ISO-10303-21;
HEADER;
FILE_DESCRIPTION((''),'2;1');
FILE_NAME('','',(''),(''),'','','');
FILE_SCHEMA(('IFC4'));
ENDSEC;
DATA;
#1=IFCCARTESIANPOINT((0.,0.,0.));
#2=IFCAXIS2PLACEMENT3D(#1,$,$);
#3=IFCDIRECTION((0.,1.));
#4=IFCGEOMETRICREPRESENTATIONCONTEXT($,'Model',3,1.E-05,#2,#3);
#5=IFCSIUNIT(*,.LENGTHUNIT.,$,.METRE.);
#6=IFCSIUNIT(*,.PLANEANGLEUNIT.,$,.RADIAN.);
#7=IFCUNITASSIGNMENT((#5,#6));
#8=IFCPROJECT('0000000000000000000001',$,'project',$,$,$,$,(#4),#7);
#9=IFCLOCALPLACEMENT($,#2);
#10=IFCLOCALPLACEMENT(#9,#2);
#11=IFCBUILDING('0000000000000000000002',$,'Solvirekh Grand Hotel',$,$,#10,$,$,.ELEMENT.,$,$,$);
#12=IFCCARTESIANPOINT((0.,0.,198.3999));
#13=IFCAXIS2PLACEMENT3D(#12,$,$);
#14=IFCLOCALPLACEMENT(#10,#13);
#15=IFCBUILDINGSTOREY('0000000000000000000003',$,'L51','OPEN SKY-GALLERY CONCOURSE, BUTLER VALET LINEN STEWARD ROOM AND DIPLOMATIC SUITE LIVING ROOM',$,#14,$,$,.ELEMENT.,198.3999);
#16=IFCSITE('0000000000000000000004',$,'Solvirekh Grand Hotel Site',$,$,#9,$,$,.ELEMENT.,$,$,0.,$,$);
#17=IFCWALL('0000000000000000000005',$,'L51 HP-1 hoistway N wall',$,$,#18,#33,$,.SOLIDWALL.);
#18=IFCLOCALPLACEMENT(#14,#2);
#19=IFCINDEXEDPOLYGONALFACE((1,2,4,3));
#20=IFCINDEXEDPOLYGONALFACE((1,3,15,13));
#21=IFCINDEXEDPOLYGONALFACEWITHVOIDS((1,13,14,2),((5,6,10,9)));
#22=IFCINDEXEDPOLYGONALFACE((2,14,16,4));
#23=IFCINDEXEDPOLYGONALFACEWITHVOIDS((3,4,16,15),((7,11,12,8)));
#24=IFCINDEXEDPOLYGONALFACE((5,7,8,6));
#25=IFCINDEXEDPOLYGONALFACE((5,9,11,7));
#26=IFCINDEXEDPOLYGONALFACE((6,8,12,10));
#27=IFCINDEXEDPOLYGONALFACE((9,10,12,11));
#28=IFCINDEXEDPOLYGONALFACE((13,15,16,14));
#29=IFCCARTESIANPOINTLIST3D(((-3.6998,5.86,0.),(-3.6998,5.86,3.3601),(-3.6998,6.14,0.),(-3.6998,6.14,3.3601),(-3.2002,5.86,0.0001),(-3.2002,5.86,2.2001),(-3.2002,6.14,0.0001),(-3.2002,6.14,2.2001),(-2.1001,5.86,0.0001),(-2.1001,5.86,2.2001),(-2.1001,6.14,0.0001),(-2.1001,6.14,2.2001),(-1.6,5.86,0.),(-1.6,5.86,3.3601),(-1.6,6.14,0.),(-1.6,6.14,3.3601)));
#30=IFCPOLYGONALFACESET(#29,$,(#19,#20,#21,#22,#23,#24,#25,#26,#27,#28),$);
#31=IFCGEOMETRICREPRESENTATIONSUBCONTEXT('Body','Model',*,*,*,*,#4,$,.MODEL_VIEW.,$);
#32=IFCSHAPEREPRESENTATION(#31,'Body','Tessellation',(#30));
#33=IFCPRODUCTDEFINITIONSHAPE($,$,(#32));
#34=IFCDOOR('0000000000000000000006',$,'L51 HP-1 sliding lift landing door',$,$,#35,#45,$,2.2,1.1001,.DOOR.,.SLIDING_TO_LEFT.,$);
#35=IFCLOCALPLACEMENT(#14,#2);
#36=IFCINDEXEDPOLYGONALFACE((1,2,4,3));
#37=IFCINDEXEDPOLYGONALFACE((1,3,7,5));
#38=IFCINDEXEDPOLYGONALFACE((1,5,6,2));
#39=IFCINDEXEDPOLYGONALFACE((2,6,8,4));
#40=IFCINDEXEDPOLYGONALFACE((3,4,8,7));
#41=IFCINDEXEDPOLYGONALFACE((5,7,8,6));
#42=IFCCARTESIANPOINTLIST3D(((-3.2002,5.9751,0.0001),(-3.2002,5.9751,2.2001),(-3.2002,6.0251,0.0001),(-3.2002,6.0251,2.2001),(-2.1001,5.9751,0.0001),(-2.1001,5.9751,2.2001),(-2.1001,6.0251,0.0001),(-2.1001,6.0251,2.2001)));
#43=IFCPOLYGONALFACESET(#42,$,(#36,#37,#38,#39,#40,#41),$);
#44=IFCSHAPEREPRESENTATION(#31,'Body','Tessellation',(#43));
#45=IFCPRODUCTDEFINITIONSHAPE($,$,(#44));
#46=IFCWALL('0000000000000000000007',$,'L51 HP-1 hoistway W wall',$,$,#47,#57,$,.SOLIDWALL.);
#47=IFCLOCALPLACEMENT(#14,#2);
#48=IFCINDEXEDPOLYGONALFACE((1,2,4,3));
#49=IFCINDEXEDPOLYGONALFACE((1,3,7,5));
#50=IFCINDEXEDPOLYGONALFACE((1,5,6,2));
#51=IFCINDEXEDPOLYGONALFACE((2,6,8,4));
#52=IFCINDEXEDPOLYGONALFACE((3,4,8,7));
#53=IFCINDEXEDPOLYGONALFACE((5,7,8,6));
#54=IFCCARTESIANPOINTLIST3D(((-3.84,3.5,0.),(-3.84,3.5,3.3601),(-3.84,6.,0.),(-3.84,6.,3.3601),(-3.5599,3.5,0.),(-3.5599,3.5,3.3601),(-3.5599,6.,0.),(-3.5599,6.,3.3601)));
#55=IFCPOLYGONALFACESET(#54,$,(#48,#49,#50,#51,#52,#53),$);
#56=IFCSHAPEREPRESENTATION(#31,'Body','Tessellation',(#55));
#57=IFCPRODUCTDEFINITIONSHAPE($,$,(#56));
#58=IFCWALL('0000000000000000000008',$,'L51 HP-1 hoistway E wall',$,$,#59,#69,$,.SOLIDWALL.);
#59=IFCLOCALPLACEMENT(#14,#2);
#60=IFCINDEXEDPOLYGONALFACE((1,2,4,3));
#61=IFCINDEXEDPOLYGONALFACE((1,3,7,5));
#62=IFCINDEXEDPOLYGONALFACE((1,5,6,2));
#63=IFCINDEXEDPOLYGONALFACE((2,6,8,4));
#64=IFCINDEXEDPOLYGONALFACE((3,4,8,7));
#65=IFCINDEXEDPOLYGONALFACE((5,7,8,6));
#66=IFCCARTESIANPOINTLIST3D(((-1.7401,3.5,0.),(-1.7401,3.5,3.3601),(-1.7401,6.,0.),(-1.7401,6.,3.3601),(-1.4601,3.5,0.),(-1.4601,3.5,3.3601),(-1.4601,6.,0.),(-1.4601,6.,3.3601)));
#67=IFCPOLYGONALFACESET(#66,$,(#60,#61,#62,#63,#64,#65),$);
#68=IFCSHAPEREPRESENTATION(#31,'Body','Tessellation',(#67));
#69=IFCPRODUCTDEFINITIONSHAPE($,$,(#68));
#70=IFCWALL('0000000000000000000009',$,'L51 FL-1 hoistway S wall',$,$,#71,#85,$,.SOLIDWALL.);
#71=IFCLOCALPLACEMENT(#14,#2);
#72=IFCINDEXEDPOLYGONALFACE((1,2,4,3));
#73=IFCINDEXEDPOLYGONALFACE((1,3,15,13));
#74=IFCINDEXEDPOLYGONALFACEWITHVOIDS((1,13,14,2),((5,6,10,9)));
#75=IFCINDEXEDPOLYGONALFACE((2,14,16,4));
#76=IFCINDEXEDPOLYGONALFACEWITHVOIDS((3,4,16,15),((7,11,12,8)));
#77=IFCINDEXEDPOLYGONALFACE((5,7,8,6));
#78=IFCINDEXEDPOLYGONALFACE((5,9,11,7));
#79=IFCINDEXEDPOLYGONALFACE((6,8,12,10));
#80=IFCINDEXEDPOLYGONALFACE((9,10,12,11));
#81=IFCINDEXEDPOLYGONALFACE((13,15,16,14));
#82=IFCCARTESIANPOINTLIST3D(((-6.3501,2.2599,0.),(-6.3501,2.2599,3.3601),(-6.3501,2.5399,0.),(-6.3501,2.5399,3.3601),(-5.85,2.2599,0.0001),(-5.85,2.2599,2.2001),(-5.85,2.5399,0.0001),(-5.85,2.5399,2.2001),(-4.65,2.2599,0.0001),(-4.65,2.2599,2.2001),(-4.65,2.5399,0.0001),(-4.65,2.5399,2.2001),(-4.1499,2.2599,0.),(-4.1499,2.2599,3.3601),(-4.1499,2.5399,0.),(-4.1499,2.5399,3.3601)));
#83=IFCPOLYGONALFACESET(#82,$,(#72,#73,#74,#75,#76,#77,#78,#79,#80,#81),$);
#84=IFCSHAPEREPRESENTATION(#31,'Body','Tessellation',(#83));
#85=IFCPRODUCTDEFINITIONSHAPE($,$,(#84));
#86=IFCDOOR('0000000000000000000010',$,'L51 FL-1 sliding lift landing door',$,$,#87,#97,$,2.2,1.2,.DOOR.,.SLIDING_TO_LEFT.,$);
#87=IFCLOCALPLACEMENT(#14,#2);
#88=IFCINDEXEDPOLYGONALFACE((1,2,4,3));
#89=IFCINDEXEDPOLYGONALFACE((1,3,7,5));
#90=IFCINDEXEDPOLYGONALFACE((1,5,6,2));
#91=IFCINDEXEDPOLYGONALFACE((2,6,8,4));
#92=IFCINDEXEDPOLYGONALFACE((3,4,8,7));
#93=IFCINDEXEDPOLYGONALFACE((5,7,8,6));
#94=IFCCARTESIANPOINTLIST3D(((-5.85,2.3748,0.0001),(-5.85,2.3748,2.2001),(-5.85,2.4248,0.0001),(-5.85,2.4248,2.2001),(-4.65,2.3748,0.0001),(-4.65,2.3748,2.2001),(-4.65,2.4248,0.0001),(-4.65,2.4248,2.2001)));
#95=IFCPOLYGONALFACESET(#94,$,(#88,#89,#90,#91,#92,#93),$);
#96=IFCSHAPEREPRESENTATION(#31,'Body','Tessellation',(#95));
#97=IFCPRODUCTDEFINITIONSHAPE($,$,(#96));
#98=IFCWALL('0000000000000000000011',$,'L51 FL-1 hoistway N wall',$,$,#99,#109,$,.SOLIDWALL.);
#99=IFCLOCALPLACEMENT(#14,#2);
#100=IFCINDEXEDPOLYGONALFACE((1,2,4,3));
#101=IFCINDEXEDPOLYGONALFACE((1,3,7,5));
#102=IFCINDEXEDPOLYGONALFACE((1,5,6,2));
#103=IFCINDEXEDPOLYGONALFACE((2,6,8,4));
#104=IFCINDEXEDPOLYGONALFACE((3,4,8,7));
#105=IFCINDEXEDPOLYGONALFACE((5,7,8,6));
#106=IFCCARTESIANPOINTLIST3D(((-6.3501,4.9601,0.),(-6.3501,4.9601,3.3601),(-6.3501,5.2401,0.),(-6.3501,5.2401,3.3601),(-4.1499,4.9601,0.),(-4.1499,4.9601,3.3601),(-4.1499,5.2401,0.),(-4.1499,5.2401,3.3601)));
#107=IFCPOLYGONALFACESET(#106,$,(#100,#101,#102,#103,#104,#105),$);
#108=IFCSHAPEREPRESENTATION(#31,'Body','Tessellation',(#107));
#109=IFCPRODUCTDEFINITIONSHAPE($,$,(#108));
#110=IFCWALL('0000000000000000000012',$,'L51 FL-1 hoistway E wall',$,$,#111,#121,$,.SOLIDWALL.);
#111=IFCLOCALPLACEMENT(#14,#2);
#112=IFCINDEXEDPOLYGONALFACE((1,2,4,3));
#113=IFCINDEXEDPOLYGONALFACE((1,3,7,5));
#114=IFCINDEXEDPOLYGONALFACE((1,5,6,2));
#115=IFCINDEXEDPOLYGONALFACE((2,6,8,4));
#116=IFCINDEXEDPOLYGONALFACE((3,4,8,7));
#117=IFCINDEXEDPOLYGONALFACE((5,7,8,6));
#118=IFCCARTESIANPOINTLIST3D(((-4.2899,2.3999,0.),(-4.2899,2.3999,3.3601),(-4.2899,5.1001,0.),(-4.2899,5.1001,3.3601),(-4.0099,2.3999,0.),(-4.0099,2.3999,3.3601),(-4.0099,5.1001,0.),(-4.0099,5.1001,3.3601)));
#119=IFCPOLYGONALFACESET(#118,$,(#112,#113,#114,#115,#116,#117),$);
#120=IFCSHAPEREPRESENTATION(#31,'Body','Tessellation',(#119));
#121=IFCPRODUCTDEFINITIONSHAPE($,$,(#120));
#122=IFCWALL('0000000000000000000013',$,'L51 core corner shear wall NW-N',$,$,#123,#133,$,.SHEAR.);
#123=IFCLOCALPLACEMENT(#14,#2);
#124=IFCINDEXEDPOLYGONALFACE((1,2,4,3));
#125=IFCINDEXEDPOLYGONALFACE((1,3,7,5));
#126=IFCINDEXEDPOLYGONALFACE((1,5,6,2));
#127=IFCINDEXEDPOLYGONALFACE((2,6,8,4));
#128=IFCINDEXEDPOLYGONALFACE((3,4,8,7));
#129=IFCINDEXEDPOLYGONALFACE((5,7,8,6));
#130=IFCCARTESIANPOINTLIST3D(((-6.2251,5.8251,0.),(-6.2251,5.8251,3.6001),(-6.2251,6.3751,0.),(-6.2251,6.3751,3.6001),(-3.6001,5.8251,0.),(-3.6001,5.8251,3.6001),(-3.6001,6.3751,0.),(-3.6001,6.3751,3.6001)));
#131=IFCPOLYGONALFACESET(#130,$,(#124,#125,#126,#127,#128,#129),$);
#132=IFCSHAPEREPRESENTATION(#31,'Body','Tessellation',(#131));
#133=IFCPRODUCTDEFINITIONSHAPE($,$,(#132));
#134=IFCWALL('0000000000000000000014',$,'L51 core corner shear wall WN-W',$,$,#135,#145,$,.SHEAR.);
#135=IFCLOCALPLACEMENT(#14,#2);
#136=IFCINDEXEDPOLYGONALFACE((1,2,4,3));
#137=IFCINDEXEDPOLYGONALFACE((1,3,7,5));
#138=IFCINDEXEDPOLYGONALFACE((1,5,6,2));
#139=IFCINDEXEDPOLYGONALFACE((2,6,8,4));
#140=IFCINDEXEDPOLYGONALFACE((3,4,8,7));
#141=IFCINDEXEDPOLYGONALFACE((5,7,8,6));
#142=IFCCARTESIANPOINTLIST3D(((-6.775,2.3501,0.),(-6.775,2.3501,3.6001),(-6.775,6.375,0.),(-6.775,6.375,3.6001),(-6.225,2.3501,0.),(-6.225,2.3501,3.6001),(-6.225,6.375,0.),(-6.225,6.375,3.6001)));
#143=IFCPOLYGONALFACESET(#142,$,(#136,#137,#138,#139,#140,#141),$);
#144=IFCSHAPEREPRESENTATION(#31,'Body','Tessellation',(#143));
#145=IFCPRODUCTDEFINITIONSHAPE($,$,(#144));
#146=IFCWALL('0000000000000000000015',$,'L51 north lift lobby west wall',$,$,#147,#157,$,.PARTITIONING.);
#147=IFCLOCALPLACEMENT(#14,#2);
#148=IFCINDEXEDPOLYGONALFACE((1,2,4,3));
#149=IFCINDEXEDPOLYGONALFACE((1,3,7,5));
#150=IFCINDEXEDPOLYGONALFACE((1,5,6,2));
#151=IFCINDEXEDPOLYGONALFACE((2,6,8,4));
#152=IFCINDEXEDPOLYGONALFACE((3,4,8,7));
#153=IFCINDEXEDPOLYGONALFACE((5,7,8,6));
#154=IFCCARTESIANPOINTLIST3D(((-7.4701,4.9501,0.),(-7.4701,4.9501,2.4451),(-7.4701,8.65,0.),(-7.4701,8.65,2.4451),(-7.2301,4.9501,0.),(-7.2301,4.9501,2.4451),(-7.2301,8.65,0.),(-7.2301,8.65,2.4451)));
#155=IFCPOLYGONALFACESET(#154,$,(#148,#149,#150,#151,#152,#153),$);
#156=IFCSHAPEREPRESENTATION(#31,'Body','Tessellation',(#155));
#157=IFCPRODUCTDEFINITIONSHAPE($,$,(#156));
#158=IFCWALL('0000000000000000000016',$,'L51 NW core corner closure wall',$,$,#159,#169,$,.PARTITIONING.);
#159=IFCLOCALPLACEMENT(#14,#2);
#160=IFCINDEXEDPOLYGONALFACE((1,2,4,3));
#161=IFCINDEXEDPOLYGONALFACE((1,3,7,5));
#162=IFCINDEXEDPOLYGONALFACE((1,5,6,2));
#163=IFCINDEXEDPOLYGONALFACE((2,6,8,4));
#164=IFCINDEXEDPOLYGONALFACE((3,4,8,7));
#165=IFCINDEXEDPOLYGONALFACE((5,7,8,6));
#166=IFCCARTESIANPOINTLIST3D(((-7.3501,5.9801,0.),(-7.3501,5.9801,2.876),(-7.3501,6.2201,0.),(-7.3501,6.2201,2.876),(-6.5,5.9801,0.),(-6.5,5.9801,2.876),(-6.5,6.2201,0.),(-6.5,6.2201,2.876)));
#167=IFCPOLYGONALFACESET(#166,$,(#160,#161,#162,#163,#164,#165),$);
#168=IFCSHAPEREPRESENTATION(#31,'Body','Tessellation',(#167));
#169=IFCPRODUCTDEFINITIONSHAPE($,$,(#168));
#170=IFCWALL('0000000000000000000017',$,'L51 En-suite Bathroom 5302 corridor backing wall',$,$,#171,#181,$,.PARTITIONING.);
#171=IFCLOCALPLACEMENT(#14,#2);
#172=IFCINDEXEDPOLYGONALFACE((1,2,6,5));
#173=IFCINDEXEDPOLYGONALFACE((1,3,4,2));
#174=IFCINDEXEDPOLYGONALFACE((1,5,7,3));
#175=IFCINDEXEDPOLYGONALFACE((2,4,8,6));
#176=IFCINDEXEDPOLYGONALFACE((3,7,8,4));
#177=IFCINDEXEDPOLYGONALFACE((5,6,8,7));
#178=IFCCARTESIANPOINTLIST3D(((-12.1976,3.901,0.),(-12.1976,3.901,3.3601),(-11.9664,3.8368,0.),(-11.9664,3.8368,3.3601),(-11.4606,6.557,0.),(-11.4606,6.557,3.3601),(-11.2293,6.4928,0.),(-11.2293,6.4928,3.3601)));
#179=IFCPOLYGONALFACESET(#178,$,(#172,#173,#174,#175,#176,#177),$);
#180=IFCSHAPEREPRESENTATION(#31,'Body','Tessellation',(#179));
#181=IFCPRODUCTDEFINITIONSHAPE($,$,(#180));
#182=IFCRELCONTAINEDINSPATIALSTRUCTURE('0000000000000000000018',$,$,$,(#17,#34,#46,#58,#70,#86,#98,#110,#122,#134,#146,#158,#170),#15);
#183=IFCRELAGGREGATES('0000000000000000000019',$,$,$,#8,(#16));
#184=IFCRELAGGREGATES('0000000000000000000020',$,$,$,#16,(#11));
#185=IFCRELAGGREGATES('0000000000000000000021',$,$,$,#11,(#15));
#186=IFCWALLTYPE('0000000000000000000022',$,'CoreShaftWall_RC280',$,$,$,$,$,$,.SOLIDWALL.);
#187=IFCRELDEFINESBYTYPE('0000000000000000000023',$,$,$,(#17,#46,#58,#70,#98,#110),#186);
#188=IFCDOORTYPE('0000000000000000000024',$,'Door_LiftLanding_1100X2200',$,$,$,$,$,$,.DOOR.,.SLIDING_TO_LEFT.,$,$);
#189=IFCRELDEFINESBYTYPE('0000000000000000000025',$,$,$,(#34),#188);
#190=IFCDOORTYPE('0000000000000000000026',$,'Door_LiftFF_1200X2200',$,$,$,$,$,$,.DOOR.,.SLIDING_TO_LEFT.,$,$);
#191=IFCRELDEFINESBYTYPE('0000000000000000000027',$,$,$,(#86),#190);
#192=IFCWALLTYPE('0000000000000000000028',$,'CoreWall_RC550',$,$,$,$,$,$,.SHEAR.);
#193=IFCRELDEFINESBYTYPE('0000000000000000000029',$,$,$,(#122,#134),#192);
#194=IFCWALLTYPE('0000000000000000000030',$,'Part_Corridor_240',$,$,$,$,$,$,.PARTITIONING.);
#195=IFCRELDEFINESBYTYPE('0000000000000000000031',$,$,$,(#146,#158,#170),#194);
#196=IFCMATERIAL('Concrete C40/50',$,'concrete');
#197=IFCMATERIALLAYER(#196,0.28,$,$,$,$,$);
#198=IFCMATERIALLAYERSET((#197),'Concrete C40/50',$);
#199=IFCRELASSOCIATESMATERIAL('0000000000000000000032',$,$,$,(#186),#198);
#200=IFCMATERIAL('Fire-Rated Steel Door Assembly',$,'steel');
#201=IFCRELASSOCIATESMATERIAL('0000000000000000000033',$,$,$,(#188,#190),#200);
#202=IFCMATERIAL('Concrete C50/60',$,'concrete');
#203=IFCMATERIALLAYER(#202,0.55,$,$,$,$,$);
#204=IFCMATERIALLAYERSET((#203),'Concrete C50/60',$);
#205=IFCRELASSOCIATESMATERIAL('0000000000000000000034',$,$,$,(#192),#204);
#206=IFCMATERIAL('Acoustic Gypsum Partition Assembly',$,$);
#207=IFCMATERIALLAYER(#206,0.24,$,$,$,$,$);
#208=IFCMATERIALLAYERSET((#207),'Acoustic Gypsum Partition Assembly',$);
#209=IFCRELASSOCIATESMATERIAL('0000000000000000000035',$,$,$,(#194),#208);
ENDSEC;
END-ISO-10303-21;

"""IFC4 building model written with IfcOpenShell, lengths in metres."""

from ifc_helpers import new_model, si_unit, direction, frame, frame_2d, origin, place, context, subcontext, project, spatial, rectangle, extrude, material, layer, layer_set, type_object, element, fill, save


model = new_model("IFC4")

# Units and contexts
model_context = context("Model", 3, precision=1e-05, world=origin(), true_north=direction((0.0, 1.0)))
body_context = subcontext(model_context, "Body", "Model", "MODEL_VIEW")
ifc_project = project(units=[si_unit("LENGTHUNIT", "METRE"), si_unit("PLANEANGLEUNIT", "RADIAN")], contexts=[model_context])

# Site, building, storey
site_placement = place(None, origin())
site = spatial("IfcSite", under=ifc_project, at=site_placement, Name="Solvirekh Grand Hotel Site", CompositionType="ELEMENT", RefElevation=0.0)
building_placement = place(site_placement, origin())
building = spatial("IfcBuilding", under=site, at=building_placement, Name="Solvirekh Grand Hotel", CompositionType="ELEMENT")
storey_placement = place(building_placement, frame((0.0, 0.0, 198.3999)))
storey = spatial("IfcBuildingStorey", under=building, at=storey_placement, Name="L51", Description="OPEN SKY-GALLERY CONCOURSE, BUTLER VALET LINEN STEWARD ROOM AND DIPLOMATIC SUITE LIVING ROOM", CompositionType="ELEMENT", Elevation=198.3999)

# Shared definitions
ifc_material_1 = material(Name="Concrete C50/60", Category="concrete")

# Wall, opening, door
ifc_material_2 = material(Name="Concrete C40/50", Category="concrete")
ifc_layer_1 = layer(ifc_material_2, 0.28)
ifc_layer_set_1 = layer_set([ifc_layer_1], Name="Concrete C40/50")
wall_type_1 = type_object("IfcWallType", Name="CoreShaftWall_RC280", PredefinedType="SOLIDWALL", material=ifc_layer_set_1)
wall_1_placement = place(storey_placement, frame((-1.6001, 6.0, 0.0), z_axis=(0.0, 0.0, 1.0), x_axis=(-1.0, 0.0, 0.0)))
wall_1 = element("IfcWall", 1, at=wall_1_placement, inside=storey, type_object=wall_type_1, Name="L51 HP-1 hoistway N wall", PredefinedType="SOLIDWALL", context=body_context, shape_type="SweptSolid", body=[
    extrude(rectangle(XDim=2.0999, YDim=0.28, at=frame_2d((1.0498, 0.0))), origin(), (0.0, 0.0, 1.0), 3.3601),
])
opening_1_placement = place(wall_1_placement, frame((0.5, 0.0, 0.0)))
opening_1 = element("IfcOpeningElement", 2, at=opening_1_placement, cuts=wall_1, PredefinedType="OPENING", context=body_context, shape_type="SweptSolid", body=[
    extrude(rectangle(XDim=1.1001, YDim=2.2, at=frame_2d((0.55, 1.1001))), frame((0.0, 0.1499, 0.0), z_axis=(0.0, -1.0, 0.0), x_axis=(1.0, 0.0, 0.0)), (0.0, 0.0, 1.0), 0.3),
])
ifc_material_3 = material(Name="Fire-Rated Steel Door Assembly", Category="steel")
door_type_1 = type_object("IfcDoorType", Name="Door_LiftLanding_1100X2200", OperationType="SLIDING_TO_LEFT", PredefinedType="DOOR", material=ifc_material_3)
door_1_placement = place(opening_1_placement, origin())
door_1 = element("IfcDoor", 3, at=door_1_placement, inside=storey, type_object=door_type_1, Name="L51 HP-1 sliding lift landing door", OperationType="SLIDING_TO_LEFT", OverallHeight=2.2, OverallWidth=1.1001, PredefinedType="DOOR", context=body_context, shape_type="SweptSolid", body=[
    extrude(rectangle(XDim=1.1001, YDim=2.2, at=frame_2d((0.55, 1.1001))), frame((0.0, 0.0249, 0.0), z_axis=(0.0, -1.0, 0.0), x_axis=(1.0, 0.0, 0.0)), (0.0, 0.0, 1.0), 0.05),
])
fill(opening_1, door_1)

# Walls
for number, where, z_axis, x_axis, name in (
    (4, (-3.7, 6.0, 0.0), (0.0, 0.0, 1.0), (0.0, -1.0, 0.0), "L51 HP-1 hoistway W wall"),
    (5, (-1.6001, 3.5, 0.0), (0.0, 0.0, 1.0), (0.0, 1.0, 0.0), "L51 HP-1 hoistway E wall"),
):
    element("IfcWall", number, at=place(storey_placement, frame(where, z_axis=z_axis, x_axis=x_axis)), inside=storey, type_object=wall_type_1, Name=name, PredefinedType="SOLIDWALL", context=body_context, shape_type="SweptSolid", body=[
        extrude(rectangle(XDim=2.5, YDim=0.28, at=frame_2d((1.25, 0.0))), origin(), (0.0, 0.0, 1.0), 3.3601),
    ])

# Wall, opening, door
wall_2_placement = place(storey_placement, frame((-6.3501, 2.3999, 0.0), z_axis=(0.0, 0.0, 1.0), x_axis=(1.0, 0.0, 0.0)))
wall_2 = element("IfcWall", 6, at=wall_2_placement, inside=storey, type_object=wall_type_1, Name="L51 FL-1 hoistway S wall", PredefinedType="SOLIDWALL", context=body_context, shape_type="SweptSolid", body=[
    extrude(rectangle(XDim=2.2002, YDim=0.28, at=frame_2d((1.1001, 0.0))), origin(), (0.0, 0.0, 1.0), 3.3601),
])
opening_2_placement = place(wall_2_placement, frame((0.5, 0.0, 0.0)))
opening_2 = element("IfcOpeningElement", 7, at=opening_2_placement, cuts=wall_2, PredefinedType="OPENING", context=body_context, shape_type="SweptSolid", body=[
    extrude(rectangle(XDim=1.2, YDim=2.2, at=frame_2d((0.6001, 1.1001))), frame((0.0, 0.1499, 0.0), z_axis=(0.0, -1.0, 0.0), x_axis=(1.0, 0.0, 0.0)), (0.0, 0.0, 1.0), 0.3),
])
door_type_2 = type_object("IfcDoorType", Name="Door_LiftFF_1200X2200", OperationType="SLIDING_TO_LEFT", PredefinedType="DOOR", material=ifc_material_3)
door_2_placement = place(opening_2_placement, origin())
door_2 = element("IfcDoor", 8, at=door_2_placement, inside=storey, type_object=door_type_2, Name="L51 FL-1 sliding lift landing door", OperationType="SLIDING_TO_LEFT", OverallHeight=2.2, OverallWidth=1.2, PredefinedType="DOOR", context=body_context, shape_type="SweptSolid", body=[
    extrude(rectangle(XDim=1.2, YDim=2.2, at=frame_2d((0.6001, 1.1001))), frame((0.0, 0.0249, 0.0), z_axis=(0.0, -1.0, 0.0), x_axis=(1.0, 0.0, 0.0)), (0.0, 0.0, 1.0), 0.05),
])
fill(opening_2, door_2)

# Walls
wall_3_placement = place(storey_placement, frame((-4.1499, 5.1001, 0.0), z_axis=(0.0, 0.0, 1.0), x_axis=(-1.0, 0.0, 0.0)))
element("IfcWall", 9, at=wall_3_placement, inside=storey, type_object=wall_type_1, Name="L51 FL-1 hoistway N wall", PredefinedType="SOLIDWALL", context=body_context, shape_type="SweptSolid", body=[
    extrude(rectangle(XDim=2.2002, YDim=0.28, at=frame_2d((1.1001, 0.0))), origin(), (0.0, 0.0, 1.0), 3.3601),
])
wall_4_placement = place(storey_placement, frame((-4.1499, 2.3999, 0.0), z_axis=(0.0, 0.0, 1.0), x_axis=(0.0, 1.0, 0.0)))
element("IfcWall", 10, at=wall_4_placement, inside=storey, type_object=wall_type_1, Name="L51 FL-1 hoistway E wall", PredefinedType="SOLIDWALL", context=body_context, shape_type="SweptSolid", body=[
    extrude(rectangle(XDim=2.7002, YDim=0.28, at=frame_2d((1.3501, 0.0))), origin(), (0.0, 0.0, 1.0), 3.3601),
])
ifc_layer_2 = layer(ifc_material_1, 0.55)
ifc_layer_set_2 = layer_set([ifc_layer_2], Name="Concrete C50/60")
wall_type_2 = type_object("IfcWallType", Name="CoreWall_RC550", PredefinedType="SHEAR", material=ifc_layer_set_2)
wall_5_placement = place(storey_placement, frame((-6.2251, 6.1001, 0.0), z_axis=(0.0, 0.0, 1.0), x_axis=(1.0, 0.0, 0.0)))
element("IfcWall", 11, at=wall_5_placement, inside=storey, type_object=wall_type_2, Name="L51 core corner shear wall NW-N", PredefinedType="SHEAR", context=body_context, shape_type="SweptSolid", body=[
    extrude(rectangle(XDim=2.625, YDim=0.55, at=frame_2d((1.3125, 0.0))), origin(), (0.0, 0.0, 1.0), 3.6001),
])
wall_6_placement = place(storey_placement, frame((-6.5, 2.3501, 0.0), z_axis=(0.0, 0.0, 1.0), x_axis=(0.0, 1.0, 0.0)))
element("IfcWall", 12, at=wall_6_placement, inside=storey, type_object=wall_type_2, Name="L51 core corner shear wall WN-W", PredefinedType="SHEAR", context=body_context, shape_type="SweptSolid", body=[
    extrude(rectangle(XDim=4.0249, YDim=0.55, at=frame_2d((2.0125, 0.0))), origin(), (0.0, 0.0, 1.0), 3.6001),
])
ifc_material_4 = material(Name="Acoustic Gypsum Partition Assembly")
ifc_layer_3 = layer(ifc_material_4, 0.24)
ifc_layer_set_3 = layer_set([ifc_layer_3], Name="Acoustic Gypsum Partition Assembly")
wall_type_3 = type_object("IfcWallType", Name="Part_Corridor_240", PredefinedType="PARTITIONING", material=ifc_layer_set_3)
wall_7_placement = place(storey_placement, frame((-7.3501, 4.95, 0.0), z_axis=(0.0, 0.0, 1.0), x_axis=(0.0, 1.0, 0.0)))
element("IfcWall", 13, at=wall_7_placement, inside=storey, type_object=wall_type_3, Name="L51 north lift lobby west wall", PredefinedType="PARTITIONING", context=body_context, shape_type="SweptSolid", body=[
    extrude(rectangle(XDim=3.7, YDim=0.24, at=frame_2d((1.8501, 0.0))), origin(), (0.0, 0.0, 1.0), 2.4451),
])
wall_8_placement = place(storey_placement, frame((-7.3501, 6.1001, 0.0), z_axis=(0.0, 0.0, 1.0), x_axis=(1.0, 0.0, 0.0)))
element("IfcWall", 14, at=wall_8_placement, inside=storey, type_object=wall_type_3, Name="L51 NW core corner closure wall", PredefinedType="PARTITIONING", context=body_context, shape_type="SweptSolid", body=[
    extrude(rectangle(XDim=0.8501, YDim=0.24, at=frame_2d((0.425, 0.0))), origin(), (0.0, 0.0, 1.0), 2.876),
])
wall_9_placement = place(storey_placement, frame((-11.345, 6.5249, 0.0), z_axis=(0.0, 0.0, 1.0), x_axis=(-0.267402, -0.963585, 0.0)))
element("IfcWall", 15, at=wall_9_placement, inside=storey, type_object=wall_type_3, Name="L51 En-suite Bathroom 5302 corridor backing wall", PredefinedType="PARTITIONING", context=body_context, shape_type="SweptSolid", body=[
    extrude(rectangle(XDim=2.7563, YDim=0.24, at=frame_2d((1.3782, 0.0))), origin(), (0.0, 0.0, 1.0), 3.3601),
])

save(model, "model.ifc")
